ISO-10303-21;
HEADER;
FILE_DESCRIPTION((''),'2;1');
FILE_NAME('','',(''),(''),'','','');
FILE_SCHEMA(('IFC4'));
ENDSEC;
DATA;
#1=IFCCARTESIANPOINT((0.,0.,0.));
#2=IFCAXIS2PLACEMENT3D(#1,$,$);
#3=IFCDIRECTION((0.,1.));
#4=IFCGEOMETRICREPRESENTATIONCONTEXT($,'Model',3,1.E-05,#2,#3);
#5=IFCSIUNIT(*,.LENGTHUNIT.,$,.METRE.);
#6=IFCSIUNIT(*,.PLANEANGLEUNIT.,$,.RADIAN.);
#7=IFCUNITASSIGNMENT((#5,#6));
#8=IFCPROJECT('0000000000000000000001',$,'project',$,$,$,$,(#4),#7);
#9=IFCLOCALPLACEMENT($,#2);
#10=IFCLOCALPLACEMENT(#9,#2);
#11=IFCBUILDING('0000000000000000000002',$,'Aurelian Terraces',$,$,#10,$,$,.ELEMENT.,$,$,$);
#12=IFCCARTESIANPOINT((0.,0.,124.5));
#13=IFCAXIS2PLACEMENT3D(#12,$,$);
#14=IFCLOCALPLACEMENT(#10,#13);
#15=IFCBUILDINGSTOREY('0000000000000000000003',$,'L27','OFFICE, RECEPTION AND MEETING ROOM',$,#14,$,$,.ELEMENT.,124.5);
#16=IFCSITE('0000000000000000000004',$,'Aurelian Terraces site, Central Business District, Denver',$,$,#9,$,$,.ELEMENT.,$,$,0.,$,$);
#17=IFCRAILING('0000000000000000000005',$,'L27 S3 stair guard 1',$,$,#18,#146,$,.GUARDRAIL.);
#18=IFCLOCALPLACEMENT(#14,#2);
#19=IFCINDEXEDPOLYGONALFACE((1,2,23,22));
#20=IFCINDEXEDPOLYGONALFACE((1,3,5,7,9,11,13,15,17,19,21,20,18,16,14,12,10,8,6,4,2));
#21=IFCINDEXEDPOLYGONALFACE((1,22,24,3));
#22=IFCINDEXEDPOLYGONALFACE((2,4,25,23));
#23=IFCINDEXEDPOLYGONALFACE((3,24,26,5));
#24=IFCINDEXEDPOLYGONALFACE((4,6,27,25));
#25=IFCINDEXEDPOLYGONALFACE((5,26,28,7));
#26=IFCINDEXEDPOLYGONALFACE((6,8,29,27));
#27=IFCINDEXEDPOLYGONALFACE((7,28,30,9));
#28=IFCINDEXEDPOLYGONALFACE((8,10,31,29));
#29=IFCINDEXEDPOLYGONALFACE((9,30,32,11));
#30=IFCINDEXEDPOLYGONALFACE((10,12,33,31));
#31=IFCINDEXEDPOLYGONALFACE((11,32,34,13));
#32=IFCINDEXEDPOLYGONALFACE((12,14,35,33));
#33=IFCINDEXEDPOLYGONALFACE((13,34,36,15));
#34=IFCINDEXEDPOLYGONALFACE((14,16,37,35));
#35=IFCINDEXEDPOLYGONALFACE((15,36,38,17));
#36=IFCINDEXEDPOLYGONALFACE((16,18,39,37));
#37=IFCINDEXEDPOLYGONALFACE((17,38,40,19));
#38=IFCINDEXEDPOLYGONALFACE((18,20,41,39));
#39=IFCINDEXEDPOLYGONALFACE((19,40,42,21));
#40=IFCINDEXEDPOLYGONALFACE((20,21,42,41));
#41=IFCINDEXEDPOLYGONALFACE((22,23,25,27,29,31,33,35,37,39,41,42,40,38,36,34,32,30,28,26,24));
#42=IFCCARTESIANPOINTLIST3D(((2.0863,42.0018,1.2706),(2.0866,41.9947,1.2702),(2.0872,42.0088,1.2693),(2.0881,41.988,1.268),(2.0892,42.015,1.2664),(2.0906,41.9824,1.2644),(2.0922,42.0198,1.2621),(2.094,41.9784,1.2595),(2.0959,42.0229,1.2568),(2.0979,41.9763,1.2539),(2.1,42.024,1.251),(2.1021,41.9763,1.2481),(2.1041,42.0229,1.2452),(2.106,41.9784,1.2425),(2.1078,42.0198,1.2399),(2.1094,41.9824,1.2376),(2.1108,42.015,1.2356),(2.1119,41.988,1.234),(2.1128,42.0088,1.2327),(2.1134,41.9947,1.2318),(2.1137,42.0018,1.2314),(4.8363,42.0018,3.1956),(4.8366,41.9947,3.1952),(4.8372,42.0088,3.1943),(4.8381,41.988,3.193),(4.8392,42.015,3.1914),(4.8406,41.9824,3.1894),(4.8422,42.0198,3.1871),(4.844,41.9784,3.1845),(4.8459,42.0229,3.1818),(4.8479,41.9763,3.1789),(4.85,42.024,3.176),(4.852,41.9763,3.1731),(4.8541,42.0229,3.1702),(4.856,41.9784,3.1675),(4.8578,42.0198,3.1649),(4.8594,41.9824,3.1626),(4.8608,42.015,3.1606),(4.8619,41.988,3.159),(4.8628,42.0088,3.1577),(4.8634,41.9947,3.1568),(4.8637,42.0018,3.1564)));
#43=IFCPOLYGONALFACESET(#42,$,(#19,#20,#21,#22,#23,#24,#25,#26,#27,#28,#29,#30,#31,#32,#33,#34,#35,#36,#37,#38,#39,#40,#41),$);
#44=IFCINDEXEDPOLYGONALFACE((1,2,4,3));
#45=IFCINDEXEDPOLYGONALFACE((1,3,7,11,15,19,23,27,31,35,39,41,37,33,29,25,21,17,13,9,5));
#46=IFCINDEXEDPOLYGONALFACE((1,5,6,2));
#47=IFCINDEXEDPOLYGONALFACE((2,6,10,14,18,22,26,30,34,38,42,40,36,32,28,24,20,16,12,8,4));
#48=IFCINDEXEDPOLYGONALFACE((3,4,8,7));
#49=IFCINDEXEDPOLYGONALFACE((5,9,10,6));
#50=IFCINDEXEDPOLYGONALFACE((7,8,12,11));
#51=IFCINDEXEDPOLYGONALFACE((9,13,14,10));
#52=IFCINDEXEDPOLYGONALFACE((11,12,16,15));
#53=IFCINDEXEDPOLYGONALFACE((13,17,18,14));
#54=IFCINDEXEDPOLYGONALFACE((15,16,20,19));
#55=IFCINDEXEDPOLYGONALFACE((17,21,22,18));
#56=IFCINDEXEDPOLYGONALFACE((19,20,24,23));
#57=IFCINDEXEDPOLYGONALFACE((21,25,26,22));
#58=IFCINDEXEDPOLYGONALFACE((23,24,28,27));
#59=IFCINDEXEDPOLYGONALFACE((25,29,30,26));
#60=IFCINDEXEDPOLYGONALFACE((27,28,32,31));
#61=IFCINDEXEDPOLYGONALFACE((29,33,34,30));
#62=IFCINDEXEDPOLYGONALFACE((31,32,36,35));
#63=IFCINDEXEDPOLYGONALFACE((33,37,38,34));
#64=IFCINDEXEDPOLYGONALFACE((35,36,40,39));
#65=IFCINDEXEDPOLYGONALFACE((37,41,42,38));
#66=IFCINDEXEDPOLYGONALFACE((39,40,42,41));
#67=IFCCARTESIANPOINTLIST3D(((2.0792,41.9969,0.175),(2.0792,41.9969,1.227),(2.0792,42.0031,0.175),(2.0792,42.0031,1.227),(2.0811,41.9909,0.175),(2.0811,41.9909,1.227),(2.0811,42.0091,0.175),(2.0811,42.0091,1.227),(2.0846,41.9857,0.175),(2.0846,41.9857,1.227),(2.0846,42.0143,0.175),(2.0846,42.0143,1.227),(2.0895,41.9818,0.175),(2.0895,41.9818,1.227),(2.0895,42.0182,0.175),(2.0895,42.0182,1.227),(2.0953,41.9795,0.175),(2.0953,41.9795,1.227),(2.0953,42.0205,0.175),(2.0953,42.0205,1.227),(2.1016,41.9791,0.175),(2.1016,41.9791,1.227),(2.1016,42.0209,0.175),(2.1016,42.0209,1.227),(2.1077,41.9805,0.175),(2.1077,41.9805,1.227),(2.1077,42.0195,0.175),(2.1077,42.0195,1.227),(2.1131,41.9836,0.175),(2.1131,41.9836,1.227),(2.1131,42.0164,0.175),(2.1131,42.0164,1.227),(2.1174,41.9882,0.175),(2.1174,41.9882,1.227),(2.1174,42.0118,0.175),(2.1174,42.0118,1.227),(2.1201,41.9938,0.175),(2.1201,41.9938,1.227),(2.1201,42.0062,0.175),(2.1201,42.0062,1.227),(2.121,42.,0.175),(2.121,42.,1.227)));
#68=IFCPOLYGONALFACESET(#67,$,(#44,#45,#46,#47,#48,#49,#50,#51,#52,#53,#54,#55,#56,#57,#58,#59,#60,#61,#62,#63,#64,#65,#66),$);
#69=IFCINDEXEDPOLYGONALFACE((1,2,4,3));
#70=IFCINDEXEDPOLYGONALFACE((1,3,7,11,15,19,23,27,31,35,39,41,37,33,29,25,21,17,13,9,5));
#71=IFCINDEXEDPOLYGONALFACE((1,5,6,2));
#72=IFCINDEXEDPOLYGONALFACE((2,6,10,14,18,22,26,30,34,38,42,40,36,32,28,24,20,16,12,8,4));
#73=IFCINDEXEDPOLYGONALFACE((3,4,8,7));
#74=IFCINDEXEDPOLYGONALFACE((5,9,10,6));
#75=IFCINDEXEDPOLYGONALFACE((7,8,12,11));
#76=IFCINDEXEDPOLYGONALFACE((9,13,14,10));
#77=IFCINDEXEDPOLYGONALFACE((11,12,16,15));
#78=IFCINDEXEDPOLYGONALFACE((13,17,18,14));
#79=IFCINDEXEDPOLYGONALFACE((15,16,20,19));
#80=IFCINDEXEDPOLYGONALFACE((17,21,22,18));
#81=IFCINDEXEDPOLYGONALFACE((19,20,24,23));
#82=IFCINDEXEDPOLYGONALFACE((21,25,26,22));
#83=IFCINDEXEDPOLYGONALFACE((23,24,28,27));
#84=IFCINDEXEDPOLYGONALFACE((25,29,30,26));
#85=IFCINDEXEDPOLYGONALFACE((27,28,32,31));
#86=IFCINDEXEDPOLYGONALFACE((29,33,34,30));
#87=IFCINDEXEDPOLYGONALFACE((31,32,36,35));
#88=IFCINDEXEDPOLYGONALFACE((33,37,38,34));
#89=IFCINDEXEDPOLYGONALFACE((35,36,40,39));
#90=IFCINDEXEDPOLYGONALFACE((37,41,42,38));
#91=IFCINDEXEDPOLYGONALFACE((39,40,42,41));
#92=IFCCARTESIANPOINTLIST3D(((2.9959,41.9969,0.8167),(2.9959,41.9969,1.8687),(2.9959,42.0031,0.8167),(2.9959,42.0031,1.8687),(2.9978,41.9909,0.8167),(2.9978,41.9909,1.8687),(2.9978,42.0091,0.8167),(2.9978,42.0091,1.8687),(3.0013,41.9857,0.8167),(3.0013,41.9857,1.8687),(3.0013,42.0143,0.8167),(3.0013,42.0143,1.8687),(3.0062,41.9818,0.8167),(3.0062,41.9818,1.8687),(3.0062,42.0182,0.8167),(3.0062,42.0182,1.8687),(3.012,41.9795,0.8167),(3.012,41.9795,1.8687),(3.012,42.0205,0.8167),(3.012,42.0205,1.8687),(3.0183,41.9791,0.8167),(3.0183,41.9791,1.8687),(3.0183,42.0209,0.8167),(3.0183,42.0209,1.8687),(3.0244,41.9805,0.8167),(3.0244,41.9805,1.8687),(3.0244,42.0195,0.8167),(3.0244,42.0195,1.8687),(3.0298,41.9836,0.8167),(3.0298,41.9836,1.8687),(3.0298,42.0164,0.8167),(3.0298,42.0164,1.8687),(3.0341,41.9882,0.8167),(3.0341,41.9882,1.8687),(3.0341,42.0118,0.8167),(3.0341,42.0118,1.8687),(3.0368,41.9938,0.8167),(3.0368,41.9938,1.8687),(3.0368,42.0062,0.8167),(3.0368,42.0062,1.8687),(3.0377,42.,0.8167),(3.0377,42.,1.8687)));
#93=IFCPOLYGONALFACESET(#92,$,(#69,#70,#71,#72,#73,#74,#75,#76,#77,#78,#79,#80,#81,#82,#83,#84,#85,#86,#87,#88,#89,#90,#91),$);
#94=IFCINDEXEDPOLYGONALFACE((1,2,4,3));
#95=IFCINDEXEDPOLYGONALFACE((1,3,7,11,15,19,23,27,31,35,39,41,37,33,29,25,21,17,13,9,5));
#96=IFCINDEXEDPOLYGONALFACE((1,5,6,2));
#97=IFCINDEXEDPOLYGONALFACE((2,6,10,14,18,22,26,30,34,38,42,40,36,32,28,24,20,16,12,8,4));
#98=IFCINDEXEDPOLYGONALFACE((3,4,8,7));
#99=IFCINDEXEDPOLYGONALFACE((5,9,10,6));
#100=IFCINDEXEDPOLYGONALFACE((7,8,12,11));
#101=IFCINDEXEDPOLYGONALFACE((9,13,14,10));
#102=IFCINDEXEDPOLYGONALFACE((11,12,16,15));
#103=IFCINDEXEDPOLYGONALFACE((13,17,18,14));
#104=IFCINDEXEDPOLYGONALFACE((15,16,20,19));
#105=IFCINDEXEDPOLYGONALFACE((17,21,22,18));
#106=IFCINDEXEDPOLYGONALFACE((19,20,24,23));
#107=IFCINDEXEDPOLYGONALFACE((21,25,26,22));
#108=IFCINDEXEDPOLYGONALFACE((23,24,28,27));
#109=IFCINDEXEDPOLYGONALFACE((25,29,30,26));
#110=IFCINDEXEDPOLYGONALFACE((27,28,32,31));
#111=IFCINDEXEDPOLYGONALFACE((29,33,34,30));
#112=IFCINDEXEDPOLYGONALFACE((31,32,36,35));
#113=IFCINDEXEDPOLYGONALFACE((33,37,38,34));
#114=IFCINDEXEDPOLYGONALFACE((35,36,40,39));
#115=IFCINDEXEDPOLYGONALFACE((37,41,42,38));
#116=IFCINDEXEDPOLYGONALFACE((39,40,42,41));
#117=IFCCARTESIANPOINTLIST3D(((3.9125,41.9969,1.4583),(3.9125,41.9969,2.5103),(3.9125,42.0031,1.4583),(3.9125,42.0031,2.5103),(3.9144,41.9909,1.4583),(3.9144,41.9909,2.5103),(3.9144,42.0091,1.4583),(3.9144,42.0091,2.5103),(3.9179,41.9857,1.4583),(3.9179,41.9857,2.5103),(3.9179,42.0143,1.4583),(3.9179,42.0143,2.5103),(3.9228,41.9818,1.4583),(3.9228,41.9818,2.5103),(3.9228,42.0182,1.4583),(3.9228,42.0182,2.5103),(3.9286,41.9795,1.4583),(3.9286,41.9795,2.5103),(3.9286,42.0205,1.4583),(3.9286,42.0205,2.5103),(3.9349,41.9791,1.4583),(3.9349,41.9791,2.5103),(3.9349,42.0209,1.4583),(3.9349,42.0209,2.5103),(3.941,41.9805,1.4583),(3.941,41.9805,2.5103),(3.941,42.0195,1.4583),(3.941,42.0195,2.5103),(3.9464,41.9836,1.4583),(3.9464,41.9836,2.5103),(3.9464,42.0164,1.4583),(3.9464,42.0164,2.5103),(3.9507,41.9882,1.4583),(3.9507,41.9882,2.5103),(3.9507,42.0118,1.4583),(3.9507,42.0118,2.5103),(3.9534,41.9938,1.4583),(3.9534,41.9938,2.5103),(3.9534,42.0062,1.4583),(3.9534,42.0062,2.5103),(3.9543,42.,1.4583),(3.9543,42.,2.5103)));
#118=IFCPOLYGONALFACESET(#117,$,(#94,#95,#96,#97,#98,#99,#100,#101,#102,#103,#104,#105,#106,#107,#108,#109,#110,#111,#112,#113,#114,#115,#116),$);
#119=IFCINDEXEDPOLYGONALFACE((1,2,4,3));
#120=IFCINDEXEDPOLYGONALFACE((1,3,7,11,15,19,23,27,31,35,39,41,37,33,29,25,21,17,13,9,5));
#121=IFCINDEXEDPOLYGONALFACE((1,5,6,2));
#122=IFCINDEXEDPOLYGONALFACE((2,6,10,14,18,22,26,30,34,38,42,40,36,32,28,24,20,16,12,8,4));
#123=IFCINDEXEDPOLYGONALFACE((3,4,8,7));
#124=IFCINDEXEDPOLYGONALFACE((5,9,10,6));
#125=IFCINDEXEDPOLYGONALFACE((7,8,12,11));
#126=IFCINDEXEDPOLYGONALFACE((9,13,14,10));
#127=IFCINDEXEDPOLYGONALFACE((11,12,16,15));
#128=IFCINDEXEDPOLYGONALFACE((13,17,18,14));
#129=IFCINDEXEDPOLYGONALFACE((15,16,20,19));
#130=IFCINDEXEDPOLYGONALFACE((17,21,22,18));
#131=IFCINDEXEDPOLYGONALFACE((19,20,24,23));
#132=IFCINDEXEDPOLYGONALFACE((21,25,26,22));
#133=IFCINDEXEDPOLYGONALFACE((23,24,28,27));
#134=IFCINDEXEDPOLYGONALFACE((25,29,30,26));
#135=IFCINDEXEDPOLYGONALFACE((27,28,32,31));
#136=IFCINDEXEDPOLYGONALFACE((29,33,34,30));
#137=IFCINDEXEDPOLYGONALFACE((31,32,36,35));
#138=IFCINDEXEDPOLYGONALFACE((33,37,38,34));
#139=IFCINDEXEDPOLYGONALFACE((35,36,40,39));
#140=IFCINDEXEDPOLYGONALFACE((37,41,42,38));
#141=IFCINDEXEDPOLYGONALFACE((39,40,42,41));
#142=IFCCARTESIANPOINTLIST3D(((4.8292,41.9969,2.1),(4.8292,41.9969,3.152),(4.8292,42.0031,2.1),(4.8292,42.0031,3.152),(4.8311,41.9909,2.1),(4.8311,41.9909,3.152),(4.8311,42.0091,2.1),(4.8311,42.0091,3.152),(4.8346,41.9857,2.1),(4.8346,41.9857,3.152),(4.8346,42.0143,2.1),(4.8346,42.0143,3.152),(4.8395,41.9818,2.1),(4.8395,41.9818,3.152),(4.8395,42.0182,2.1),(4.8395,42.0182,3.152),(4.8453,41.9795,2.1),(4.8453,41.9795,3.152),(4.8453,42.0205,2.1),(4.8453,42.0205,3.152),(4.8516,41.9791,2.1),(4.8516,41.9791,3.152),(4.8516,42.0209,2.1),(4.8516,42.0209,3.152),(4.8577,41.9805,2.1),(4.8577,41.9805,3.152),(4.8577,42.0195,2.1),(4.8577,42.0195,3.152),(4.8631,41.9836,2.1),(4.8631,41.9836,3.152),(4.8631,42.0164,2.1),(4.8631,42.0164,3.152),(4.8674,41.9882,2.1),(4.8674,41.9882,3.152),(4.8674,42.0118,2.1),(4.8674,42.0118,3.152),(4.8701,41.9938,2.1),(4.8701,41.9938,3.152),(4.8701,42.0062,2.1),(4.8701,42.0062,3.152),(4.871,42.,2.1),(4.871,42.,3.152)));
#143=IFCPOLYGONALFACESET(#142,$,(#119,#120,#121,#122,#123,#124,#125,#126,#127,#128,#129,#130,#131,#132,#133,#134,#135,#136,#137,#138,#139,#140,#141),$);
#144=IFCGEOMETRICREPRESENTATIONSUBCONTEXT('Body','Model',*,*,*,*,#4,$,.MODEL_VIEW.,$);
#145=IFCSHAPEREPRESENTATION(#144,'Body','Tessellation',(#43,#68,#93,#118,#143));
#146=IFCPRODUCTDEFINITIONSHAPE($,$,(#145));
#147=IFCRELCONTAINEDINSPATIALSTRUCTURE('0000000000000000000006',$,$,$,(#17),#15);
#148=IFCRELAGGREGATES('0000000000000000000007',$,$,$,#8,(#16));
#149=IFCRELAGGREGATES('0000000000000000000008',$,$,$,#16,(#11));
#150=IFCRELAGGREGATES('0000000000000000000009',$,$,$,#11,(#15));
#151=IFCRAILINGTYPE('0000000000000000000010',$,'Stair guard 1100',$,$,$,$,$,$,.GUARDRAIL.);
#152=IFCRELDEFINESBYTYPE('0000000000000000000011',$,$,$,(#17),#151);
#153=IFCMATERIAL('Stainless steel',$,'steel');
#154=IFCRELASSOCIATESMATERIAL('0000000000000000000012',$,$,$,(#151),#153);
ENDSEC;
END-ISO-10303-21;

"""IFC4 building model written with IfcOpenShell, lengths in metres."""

from ifc_helpers import new_model, si_unit, direction, frame, origin, origin_2d, place, context, subcontext, project, spatial, circle, extrude, source, transform, mapped, material, type_object, element, save


model = new_model("IFC4")

# Units and contexts
model_context = context("Model", 3, precision=1e-05, world=origin(), true_north=direction((0.0, 1.0)))
body_context = subcontext(model_context, "Body", "Model", "MODEL_VIEW")
ifc_project = project(units=[si_unit("LENGTHUNIT", "METRE"), si_unit("PLANEANGLEUNIT", "RADIAN")], contexts=[model_context])

# Site, building, storey
site_placement = place(None, origin())
site = spatial("IfcSite", under=ifc_project, at=site_placement, Name="Aurelian Terraces site, Central Business District, Denver", CompositionType="ELEMENT", RefElevation=0.0)
building_placement = place(site_placement, origin())
building = spatial("IfcBuilding", under=site, at=building_placement, Name="Aurelian Terraces", CompositionType="ELEMENT")
storey_placement = place(building_placement, frame((0.0, 0.0, 124.5)))
storey = spatial("IfcBuildingStorey", under=building, at=storey_placement, Name="L27", Description="OFFICE, RECEPTION AND MEETING ROOM", CompositionType="ELEMENT", Elevation=124.5)

# Railing
ifc_material_1 = material(Name="Stainless steel", Category="steel")
railing_type_1 = type_object("IfcRailingType", Name="Stair guard 1100", PredefinedType="GUARDRAIL", material=ifc_material_1)
shared_shape_1 = source(origin(), body_context, "Body", "SweptSolid", [
    extrude(circle(Radius=0.024, at=origin_2d()), frame((0.0, 0.0, 1.076), z_axis=(0.819232, 0.0, 0.573462), x_axis=(0.0, 1.0, 0.0)), (0.0, 0.0, 1.0), 3.3568),
    extrude(circle(Radius=0.021, at=origin_2d()), origin(), (0.0, 0.0, 1.0), 1.052),
    extrude(circle(Radius=0.021, at=origin_2d()), frame((0.9167, 0.0, 0.6417)), (0.0, 0.0, 1.0), 1.052),
    extrude(circle(Radius=0.021, at=origin_2d()), frame((1.8333, 0.0, 1.2833)), (0.0, 0.0, 1.0), 1.052),
    extrude(circle(Radius=0.021, at=origin_2d()), frame((2.75, 0.0, 1.925)), (0.0, 0.0, 1.0), 1.052),
])
railing_1_placement = place(storey_placement, frame((2.1, 42.0, 0.175)))
element("IfcRailing", 1, at=railing_1_placement, inside=storey, type_object=railing_type_1, Name="L27 S3 stair guard 1", PredefinedType="GUARDRAIL", context=body_context, shape_type="MappedRepresentation", body=[
    mapped(shared_shape_1, transform((0.0, 0.0, 0.0), scale=1.0)),
])

save(model, "model.ifc")
